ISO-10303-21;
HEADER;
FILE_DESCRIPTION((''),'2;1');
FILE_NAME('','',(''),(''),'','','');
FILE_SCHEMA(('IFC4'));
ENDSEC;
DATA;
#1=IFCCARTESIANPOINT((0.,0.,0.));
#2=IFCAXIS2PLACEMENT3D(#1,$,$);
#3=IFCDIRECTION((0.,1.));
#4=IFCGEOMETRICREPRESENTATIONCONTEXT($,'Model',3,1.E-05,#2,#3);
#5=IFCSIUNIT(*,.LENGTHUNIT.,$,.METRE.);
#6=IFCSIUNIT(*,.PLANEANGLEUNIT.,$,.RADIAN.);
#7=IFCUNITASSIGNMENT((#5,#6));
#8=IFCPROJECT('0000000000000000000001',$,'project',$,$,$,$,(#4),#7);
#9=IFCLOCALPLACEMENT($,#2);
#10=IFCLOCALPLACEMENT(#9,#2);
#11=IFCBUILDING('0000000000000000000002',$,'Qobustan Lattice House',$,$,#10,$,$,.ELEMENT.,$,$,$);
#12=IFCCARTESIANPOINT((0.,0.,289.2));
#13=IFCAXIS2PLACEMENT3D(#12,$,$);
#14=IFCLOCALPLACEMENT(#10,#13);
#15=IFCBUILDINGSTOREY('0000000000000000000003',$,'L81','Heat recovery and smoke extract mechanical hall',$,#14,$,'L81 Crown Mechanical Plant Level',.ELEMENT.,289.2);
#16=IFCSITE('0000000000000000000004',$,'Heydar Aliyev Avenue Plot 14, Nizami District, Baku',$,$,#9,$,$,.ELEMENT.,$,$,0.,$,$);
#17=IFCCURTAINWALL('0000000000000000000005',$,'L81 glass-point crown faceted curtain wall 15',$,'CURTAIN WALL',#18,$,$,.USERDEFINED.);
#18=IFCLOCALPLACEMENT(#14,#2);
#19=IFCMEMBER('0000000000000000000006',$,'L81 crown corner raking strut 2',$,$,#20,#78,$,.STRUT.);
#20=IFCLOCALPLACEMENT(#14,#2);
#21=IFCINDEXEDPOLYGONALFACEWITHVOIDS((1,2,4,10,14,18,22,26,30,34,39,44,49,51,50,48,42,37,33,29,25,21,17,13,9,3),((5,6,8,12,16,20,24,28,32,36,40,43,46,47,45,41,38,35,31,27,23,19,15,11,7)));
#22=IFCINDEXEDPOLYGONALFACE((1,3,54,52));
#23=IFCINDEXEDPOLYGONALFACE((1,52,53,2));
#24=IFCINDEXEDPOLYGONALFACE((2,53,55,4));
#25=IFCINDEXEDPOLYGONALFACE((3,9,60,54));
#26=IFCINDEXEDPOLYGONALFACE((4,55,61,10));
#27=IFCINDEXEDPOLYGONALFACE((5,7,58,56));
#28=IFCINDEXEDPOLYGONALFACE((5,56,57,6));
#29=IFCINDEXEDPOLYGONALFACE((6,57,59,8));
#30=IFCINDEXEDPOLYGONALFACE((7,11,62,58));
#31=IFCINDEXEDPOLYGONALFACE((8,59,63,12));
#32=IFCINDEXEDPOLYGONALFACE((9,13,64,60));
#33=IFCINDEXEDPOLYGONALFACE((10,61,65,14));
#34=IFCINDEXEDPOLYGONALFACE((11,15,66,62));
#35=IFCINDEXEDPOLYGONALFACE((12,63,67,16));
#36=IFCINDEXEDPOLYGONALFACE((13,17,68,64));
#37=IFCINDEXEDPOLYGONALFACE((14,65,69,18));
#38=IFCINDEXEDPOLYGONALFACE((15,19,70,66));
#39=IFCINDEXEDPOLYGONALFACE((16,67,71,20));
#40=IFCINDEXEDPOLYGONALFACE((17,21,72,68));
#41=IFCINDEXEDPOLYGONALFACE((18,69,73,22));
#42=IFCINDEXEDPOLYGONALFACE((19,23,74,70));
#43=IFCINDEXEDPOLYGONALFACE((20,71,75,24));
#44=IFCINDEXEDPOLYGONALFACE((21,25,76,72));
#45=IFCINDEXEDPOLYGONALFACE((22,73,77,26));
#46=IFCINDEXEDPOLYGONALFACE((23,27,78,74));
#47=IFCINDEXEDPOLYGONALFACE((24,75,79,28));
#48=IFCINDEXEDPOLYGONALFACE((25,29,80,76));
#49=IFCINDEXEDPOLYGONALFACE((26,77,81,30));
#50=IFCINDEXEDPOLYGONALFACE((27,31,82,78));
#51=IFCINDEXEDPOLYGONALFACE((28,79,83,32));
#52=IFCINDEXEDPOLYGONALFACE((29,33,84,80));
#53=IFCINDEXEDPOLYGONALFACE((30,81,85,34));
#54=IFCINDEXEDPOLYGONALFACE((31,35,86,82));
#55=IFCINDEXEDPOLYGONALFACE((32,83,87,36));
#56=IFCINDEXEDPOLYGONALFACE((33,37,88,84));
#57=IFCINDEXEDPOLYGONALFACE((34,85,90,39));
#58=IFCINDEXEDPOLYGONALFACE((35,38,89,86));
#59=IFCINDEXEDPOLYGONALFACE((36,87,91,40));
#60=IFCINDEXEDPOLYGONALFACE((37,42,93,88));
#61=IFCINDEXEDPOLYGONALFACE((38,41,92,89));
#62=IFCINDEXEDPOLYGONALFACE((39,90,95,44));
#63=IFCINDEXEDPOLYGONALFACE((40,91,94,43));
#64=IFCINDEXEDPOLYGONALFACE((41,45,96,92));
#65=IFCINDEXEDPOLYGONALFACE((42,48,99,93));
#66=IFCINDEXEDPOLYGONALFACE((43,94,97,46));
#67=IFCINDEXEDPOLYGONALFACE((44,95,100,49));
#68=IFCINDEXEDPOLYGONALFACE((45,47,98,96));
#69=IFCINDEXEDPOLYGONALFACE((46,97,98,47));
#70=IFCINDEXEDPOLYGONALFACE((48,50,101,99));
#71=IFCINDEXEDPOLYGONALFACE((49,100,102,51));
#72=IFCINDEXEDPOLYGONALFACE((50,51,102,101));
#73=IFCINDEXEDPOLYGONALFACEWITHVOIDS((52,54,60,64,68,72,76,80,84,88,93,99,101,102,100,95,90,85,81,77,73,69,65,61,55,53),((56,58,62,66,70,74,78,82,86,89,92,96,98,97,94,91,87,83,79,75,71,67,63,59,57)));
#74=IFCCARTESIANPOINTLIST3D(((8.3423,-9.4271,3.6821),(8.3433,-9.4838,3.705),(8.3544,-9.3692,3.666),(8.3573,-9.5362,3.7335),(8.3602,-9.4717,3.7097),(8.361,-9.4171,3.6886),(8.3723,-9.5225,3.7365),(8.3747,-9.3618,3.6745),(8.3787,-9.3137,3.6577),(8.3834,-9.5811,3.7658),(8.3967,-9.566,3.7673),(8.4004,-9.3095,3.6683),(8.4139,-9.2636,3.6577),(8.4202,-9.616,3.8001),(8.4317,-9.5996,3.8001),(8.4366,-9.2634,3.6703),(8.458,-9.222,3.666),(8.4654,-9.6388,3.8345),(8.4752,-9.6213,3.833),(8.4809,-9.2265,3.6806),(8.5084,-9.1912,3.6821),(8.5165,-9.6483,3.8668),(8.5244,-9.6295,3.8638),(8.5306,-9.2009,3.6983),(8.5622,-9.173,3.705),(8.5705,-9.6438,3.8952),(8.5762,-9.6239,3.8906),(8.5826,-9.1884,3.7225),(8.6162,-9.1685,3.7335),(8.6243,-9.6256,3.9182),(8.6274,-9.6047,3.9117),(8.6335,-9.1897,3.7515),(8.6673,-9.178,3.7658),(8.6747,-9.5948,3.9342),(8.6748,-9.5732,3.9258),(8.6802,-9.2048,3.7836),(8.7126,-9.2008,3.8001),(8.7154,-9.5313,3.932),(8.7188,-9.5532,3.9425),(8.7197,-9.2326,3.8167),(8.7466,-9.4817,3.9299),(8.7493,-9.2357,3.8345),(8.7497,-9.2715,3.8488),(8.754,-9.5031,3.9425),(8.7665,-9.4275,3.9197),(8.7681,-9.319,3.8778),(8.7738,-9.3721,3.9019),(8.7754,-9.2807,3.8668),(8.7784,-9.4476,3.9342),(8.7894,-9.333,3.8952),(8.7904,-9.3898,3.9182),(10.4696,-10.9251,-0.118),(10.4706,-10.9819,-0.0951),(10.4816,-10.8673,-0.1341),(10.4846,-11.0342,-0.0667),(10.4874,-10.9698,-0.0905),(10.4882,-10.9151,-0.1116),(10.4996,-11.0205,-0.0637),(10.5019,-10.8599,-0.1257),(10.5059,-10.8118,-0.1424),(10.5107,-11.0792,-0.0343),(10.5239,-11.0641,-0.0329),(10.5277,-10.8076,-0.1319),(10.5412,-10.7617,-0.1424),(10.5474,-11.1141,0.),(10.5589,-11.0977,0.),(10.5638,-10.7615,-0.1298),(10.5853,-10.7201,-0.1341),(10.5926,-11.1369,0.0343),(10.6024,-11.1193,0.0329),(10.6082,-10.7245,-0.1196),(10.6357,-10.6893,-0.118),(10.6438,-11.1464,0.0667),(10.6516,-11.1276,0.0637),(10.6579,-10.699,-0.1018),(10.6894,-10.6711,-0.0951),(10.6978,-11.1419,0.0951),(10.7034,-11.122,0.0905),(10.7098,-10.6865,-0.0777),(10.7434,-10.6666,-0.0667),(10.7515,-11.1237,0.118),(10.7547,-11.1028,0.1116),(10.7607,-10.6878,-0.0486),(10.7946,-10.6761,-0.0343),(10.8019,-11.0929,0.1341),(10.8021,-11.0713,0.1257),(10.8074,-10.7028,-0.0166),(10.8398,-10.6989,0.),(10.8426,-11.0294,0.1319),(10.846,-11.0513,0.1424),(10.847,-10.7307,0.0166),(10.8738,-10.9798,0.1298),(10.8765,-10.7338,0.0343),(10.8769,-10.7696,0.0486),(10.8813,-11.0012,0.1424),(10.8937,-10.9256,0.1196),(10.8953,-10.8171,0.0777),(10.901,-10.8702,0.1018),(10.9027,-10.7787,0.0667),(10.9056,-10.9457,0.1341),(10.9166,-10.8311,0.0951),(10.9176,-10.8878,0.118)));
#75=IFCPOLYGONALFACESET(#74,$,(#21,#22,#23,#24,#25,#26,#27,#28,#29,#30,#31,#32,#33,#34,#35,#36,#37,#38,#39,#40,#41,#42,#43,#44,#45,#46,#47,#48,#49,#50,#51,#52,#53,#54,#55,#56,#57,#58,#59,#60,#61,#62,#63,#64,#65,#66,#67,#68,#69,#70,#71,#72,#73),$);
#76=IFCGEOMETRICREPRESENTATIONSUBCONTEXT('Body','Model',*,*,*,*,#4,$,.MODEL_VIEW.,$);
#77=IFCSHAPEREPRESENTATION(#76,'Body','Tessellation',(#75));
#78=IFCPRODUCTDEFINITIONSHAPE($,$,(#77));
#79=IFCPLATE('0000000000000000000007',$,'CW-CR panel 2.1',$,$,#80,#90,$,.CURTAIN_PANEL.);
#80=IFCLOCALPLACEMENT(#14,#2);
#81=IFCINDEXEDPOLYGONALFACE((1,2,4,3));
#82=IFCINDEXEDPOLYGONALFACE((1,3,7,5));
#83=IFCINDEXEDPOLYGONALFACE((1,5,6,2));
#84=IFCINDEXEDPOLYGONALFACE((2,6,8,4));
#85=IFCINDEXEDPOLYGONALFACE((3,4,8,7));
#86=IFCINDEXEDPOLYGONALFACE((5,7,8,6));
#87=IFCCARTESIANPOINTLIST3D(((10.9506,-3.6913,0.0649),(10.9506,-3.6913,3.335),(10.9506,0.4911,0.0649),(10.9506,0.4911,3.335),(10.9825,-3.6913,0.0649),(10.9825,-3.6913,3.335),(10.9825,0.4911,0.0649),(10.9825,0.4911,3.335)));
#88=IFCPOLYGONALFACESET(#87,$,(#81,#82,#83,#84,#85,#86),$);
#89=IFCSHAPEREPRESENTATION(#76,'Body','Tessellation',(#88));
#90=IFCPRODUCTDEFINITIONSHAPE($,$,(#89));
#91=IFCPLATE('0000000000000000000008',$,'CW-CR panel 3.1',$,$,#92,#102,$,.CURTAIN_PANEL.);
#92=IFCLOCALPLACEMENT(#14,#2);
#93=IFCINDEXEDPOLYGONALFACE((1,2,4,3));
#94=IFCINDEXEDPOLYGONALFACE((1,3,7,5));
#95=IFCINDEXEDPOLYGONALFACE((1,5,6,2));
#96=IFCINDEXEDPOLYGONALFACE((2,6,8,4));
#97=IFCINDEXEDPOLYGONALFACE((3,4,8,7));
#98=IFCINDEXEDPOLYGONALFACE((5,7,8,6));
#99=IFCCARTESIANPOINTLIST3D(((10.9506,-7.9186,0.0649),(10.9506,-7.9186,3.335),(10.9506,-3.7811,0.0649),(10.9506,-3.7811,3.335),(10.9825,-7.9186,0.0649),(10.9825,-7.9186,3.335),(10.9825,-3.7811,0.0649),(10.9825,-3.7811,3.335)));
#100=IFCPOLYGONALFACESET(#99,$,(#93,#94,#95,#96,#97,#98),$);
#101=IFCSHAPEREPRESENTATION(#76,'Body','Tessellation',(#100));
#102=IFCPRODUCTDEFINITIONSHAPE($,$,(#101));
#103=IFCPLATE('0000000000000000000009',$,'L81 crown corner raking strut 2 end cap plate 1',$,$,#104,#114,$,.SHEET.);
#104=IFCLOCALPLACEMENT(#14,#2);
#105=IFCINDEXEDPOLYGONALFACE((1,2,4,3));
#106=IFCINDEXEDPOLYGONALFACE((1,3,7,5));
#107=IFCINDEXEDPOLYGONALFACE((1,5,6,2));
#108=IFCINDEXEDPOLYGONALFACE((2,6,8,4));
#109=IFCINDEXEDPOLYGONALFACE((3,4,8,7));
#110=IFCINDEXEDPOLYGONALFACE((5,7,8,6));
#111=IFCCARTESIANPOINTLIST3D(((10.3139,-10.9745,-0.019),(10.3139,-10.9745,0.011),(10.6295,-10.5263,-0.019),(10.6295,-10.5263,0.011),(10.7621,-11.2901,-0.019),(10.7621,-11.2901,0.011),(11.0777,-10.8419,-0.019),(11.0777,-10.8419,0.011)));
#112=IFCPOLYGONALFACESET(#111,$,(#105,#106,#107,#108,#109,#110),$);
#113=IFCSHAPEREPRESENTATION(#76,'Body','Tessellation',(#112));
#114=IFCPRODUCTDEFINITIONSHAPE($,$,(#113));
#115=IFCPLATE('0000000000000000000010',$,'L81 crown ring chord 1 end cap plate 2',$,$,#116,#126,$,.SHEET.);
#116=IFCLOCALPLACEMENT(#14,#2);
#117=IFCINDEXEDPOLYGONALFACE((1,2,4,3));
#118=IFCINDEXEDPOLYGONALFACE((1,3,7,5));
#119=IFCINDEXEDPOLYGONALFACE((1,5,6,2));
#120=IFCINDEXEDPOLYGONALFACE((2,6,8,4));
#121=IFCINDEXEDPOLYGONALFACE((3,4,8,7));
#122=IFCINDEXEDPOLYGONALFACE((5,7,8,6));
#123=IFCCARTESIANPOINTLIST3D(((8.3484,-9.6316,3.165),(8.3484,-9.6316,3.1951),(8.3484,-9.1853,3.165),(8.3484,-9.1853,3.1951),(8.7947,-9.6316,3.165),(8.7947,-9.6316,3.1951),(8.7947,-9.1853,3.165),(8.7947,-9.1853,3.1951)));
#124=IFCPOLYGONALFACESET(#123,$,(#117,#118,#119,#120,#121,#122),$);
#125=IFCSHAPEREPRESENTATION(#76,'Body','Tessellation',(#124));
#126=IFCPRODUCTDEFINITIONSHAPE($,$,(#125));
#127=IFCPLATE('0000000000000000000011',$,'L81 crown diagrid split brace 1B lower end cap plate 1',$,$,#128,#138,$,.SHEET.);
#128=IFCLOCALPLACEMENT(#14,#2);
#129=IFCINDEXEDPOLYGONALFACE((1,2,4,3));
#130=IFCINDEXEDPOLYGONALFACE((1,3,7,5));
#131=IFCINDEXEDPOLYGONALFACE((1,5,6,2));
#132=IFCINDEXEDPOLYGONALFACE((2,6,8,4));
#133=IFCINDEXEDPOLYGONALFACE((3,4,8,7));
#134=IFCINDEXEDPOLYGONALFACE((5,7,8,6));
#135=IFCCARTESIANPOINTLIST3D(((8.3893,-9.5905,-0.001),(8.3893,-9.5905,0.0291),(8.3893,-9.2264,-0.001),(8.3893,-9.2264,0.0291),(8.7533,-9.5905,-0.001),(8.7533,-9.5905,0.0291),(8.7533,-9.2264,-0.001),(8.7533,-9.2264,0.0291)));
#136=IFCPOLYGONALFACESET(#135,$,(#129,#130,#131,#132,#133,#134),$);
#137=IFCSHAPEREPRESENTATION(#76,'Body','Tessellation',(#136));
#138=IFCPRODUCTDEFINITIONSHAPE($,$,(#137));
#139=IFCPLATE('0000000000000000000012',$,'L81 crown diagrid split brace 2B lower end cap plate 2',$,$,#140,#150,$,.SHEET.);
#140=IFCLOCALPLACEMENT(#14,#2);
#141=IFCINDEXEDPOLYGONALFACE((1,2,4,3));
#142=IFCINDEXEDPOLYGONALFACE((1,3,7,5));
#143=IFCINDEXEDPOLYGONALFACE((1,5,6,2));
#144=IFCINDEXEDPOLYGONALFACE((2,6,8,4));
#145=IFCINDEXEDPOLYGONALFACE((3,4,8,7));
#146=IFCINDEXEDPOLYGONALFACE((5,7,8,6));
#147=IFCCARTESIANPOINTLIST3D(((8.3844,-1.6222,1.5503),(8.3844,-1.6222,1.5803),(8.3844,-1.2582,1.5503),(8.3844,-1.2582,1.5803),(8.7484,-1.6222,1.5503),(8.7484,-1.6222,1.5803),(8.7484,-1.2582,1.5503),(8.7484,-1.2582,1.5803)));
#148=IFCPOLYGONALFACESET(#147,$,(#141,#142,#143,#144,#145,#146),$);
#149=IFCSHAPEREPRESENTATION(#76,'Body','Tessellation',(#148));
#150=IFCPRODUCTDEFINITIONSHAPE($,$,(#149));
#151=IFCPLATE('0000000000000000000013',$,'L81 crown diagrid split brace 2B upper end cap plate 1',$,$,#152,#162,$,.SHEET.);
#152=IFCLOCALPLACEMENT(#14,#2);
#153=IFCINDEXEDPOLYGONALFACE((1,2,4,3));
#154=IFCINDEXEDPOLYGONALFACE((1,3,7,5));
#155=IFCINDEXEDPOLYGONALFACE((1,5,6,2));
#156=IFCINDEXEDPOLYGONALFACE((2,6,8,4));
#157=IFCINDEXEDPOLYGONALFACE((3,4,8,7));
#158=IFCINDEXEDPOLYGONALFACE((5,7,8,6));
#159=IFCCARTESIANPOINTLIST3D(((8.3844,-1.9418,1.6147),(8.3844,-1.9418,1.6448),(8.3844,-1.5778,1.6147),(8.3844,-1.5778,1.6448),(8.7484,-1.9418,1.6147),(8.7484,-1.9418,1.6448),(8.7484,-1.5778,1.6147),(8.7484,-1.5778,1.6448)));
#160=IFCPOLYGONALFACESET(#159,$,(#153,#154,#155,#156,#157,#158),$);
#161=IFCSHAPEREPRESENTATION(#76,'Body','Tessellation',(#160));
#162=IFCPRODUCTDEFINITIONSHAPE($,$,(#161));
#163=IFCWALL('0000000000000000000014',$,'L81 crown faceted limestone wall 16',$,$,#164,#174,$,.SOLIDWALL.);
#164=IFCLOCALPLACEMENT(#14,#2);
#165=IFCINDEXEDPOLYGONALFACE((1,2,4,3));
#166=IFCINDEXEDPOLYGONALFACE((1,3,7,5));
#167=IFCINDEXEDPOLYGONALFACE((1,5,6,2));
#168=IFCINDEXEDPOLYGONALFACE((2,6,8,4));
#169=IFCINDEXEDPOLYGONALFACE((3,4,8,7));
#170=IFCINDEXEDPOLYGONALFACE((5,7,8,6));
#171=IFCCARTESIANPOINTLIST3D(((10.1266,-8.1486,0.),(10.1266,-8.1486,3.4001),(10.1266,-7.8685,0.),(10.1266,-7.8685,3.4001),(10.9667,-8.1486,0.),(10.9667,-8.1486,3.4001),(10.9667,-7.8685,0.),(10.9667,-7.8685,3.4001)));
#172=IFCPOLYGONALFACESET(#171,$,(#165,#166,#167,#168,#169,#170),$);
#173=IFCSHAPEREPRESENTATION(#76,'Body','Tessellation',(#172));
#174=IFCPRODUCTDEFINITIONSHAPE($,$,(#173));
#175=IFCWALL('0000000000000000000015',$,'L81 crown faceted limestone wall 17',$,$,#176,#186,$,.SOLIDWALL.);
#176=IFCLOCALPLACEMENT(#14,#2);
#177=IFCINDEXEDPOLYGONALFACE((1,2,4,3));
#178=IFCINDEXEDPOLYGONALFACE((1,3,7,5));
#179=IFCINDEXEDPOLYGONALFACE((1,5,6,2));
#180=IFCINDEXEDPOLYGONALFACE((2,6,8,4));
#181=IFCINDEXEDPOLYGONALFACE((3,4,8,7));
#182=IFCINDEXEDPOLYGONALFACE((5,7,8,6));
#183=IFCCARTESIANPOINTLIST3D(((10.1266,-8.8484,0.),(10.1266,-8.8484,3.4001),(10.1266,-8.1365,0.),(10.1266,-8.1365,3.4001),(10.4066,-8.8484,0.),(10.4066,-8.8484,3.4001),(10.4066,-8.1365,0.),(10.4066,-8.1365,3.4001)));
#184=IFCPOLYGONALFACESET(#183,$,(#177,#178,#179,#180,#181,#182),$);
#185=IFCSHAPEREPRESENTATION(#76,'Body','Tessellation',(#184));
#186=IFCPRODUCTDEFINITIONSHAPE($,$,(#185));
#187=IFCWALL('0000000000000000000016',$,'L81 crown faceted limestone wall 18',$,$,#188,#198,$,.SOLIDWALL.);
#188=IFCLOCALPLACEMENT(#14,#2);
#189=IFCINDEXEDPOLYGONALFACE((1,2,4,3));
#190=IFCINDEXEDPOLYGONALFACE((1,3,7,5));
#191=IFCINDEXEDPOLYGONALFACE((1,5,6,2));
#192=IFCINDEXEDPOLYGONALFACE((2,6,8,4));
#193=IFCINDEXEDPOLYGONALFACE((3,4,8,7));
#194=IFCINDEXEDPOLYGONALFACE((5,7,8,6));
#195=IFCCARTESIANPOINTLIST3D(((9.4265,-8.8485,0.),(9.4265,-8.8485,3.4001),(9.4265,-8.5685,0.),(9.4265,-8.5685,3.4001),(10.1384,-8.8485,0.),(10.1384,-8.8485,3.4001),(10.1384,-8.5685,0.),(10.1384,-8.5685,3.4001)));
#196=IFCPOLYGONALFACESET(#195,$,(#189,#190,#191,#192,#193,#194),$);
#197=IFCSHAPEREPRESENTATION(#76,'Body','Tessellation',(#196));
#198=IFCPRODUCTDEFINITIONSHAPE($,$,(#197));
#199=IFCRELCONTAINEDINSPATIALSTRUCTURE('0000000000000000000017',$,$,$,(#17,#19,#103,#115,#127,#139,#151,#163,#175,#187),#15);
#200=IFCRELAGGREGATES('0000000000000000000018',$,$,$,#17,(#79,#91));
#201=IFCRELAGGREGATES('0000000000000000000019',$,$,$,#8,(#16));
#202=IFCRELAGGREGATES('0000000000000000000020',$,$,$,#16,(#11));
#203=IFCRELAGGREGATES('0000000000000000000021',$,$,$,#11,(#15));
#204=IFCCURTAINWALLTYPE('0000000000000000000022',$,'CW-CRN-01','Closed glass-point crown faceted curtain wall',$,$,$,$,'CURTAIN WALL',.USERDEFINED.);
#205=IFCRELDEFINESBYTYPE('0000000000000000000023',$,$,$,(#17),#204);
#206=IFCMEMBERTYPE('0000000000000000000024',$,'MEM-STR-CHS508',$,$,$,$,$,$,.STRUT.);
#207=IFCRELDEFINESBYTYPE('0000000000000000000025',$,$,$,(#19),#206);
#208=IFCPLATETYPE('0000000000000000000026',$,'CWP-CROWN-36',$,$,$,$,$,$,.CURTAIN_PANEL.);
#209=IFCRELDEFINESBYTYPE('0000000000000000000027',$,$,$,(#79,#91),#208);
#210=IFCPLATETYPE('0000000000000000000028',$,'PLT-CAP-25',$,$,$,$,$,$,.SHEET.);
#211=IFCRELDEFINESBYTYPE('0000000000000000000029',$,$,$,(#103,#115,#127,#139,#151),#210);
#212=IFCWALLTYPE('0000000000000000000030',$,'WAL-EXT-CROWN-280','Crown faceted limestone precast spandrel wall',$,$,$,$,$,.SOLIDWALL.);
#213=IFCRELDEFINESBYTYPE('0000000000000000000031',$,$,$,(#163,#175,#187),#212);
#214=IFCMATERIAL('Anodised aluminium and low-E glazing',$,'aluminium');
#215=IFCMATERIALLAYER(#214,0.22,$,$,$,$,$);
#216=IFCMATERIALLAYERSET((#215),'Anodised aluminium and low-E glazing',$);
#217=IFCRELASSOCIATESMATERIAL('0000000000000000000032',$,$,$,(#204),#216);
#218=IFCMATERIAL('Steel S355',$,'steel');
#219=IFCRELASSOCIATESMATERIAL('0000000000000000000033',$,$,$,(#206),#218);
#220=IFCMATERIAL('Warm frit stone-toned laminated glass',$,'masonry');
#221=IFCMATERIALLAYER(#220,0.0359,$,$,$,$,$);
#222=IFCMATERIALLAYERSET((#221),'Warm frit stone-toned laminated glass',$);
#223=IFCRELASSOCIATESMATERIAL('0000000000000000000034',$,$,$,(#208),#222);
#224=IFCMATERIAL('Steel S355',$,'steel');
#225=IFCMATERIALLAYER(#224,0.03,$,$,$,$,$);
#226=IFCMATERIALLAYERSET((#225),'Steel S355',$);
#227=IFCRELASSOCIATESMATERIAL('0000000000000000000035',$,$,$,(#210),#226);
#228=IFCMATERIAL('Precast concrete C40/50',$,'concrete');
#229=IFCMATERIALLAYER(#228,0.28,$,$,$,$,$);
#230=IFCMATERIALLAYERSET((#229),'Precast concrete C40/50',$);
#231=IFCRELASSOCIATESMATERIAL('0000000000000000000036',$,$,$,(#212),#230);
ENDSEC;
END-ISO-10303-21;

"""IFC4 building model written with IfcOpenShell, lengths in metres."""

from ifc_helpers import new_model, si_unit, direction, frame, frame_2d, origin, origin_2d, place, context, subcontext, project, spatial, rectangle, hollow_circle, extrude, material, layer, layer_set, material_profile, profile_set, type_object, element, aggregate, save


model = new_model("IFC4")

# Units and contexts
model_context = context("Model", 3, precision=1e-05, world=origin(), true_north=direction((0.0, 1.0)))
body_context = subcontext(model_context, "Body", "Model", "MODEL_VIEW")
ifc_project = project(units=[si_unit("LENGTHUNIT", "METRE"), si_unit("PLANEANGLEUNIT", "RADIAN")], contexts=[model_context])

# Site, building, storey
site_placement = place(None, origin())
site = spatial("IfcSite", under=ifc_project, at=site_placement, Name="Heydar Aliyev Avenue Plot 14, Nizami District, Baku", CompositionType="ELEMENT", RefElevation=0.0)
building_placement = place(site_placement, origin())
building = spatial("IfcBuilding", under=site, at=building_placement, Name="Qobustan Lattice House", CompositionType="ELEMENT")
storey_placement = place(building_placement, frame((0.0, 0.0, 289.2)))
storey = spatial("IfcBuildingStorey", under=building, at=storey_placement, Name="L81", Description="Heat recovery and smoke extract mechanical hall", LongName="L81 Crown Mechanical Plant Level", CompositionType="ELEMENT", Elevation=289.2)

# Curtain wall
ifc_material_1 = material(Name="Anodised aluminium and low-E glazing", Category="aluminium")
ifc_layer_1 = layer(ifc_material_1, 0.22)
ifc_layer_set_1 = layer_set([ifc_layer_1], Name="Anodised aluminium and low-E glazing")
curtain_wall_type = type_object("IfcCurtainWallType", Name="CW-CRN-01", Description="Closed glass-point crown faceted curtain wall", ElementType="CURTAIN WALL", PredefinedType="USERDEFINED", material=ifc_layer_set_1)
curtain_wall_1_placement = place(storey_placement, origin())
curtain_wall_1 = element("IfcCurtainWall", 1, at=curtain_wall_1_placement, inside=storey, type_object=curtain_wall_type, Name="L81 glass-point crown faceted curtain wall 15", ObjectType="CURTAIN WALL", PredefinedType="USERDEFINED")

# Member
ifc_material_2 = material(Name="Steel S355", Category="steel")
ifc_material_profile_1 = material_profile(ifc_material_2, hollow_circle(Radius=0.2539, WallThickness=0.02, at=origin_2d()), Name="CHS508x20")
ifc_profile_set_1 = profile_set([ifc_material_profile_1], Name="Steel S355")
member_type_1 = type_object("IfcMemberType", Name="MEM-STR-CHS508", PredefinedType="STRUT", material=ifc_profile_set_1)
member_1_placement = place(storey_placement, frame((10.6936, -10.9065, 0.0), z_axis=(-0.461894, 0.325282, 0.825133), x_axis=(-0.575784, -0.817602, 0.0)))
element("IfcMember", 2, at=member_1_placement, inside=storey, type_object=member_type_1, Name="L81 crown corner raking strut 2", PredefinedType="STRUT", context=body_context, shape_type="SweptSolid", body=[
    extrude(hollow_circle(Radius=0.2539, WallThickness=0.02, at=origin_2d()), origin(), (0.0, 0.0, 1.0), 4.6055),
])

# Plates
ifc_material_3 = material(Name="Warm frit stone-toned laminated glass", Category="masonry")
ifc_layer_2 = layer(ifc_material_3, 0.0359)
ifc_layer_set_2 = layer_set([ifc_layer_2], Name="Warm frit stone-toned laminated glass")
plate_type_1 = type_object("IfcPlateType", Name="CWP-CROWN-36", PredefinedType="CURTAIN_PANEL", material=ifc_layer_set_2)
plate_1_placement = place(storey_placement, frame((10.9666, -1.6001, 0.0649), z_axis=(0.0, 0.0, 1.0), x_axis=(0.0, -1.0, 0.0)))
plate_1 = element("IfcPlate", 3, at=plate_1_placement, type_object=plate_type_1, Name="CW-CR panel 2.1", PredefinedType="CURTAIN_PANEL", context=body_context, shape_type="SweptSolid", body=[
    extrude(rectangle(XDim=4.1824, YDim=0.032, at=origin_2d()), origin(), (0.0, 0.0, 1.0), 3.27),
])
plate_2_placement = place(storey_placement, frame((10.9666, -5.8499, 0.0649), z_axis=(0.0, 0.0, 1.0), x_axis=(0.0, -1.0, 0.0)))
plate_2 = element("IfcPlate", 4, at=plate_2_placement, type_object=plate_type_1, Name="CW-CR panel 3.1", PredefinedType="CURTAIN_PANEL", context=body_context, shape_type="SweptSolid", body=[
    extrude(rectangle(XDim=4.1375, YDim=0.032, at=origin_2d()), origin(), (0.0, 0.0, 1.0), 3.27),
])
aggregate(curtain_wall_1, [plate_1, plate_2])

# Plates
ifc_material_4 = material(Name="Steel S355", Category="steel")
ifc_layer_3 = layer(ifc_material_4, 0.03)
ifc_layer_set_3 = layer_set([ifc_layer_3], Name="Steel S355")
plate_type_2 = type_object("IfcPlateType", Name="PLT-CAP-25", PredefinedType="SHEET", material=ifc_layer_set_3)
plate_3_placement = place(storey_placement, frame((10.6958, -10.9082, -0.019), z_axis=(0.0, 0.0, 1.0), x_axis=(-0.817587, 0.575805, 0.0)))
element("IfcPlate", 5, at=plate_3_placement, inside=storey, type_object=plate_type_2, Name="L81 crown corner raking strut 2 end cap plate 1", PredefinedType="SHEET", context=body_context, shape_type="SweptSolid", body=[
    extrude(rectangle(XDim=0.5481, YDim=0.5481, at=origin_2d()), origin(), (0.0, 0.0, 1.0), 0.03),
])
plate_4_placement = place(storey_placement, frame((8.5715, -9.4084, 3.165), z_axis=(0.0, 0.0, 1.0), x_axis=(1.0, 0.0, 0.0)))
element("IfcPlate", 6, at=plate_4_placement, inside=storey, type_object=plate_type_2, Name="L81 crown ring chord 1 end cap plate 2", PredefinedType="SHEET", context=body_context, shape_type="SweptSolid", body=[
    extrude(rectangle(XDim=0.4463, YDim=0.4463, at=origin_2d()), origin(), (0.0, 0.0, 1.0), 0.03),
])
for number, where, z_axis, x_axis, name in (
    (7, (8.5713, -9.4084, -0.001), (0.0, 0.0, 1.0), (-1.0, 0.0, 0.0), "L81 crown diagrid split brace 1B lower end cap plate 1"),
    (8, (8.5664, -1.4402, 1.5503), (0.0, 0.0, 1.0), (0.0, -1.0, 0.0), "L81 crown diagrid split brace 2B lower end cap plate 2"),
    (9, (8.5664, -1.7598, 1.6147), (0.0, 0.0, 1.0), (0.0, -1.0, 0.0), "L81 crown diagrid split brace 2B upper end cap plate 1"),
):
    element("IfcPlate", number, at=place(storey_placement, frame(where, z_axis=z_axis, x_axis=x_axis)), inside=storey, type_object=plate_type_2, Name=name, PredefinedType="SHEET", context=body_context, shape_type="SweptSolid", body=[
        extrude(rectangle(XDim=0.364, YDim=0.364, at=origin_2d()), origin(), (0.0, 0.0, 1.0), 0.03),
    ])

# Walls
ifc_material_5 = material(Name="Precast concrete C40/50", Category="concrete")
ifc_layer_4 = layer(ifc_material_5, 0.28)
ifc_layer_set_4 = layer_set([ifc_layer_4], Name="Precast concrete C40/50")
wall_type = type_object("IfcWallType", Name="WAL-EXT-CROWN-280", Description="Crown faceted limestone precast spandrel wall", PredefinedType="SOLIDWALL", material=ifc_layer_set_4)
wall_1_placement = place(storey_placement, frame((10.9666, -8.0085, 0.0), z_axis=(0.0, 0.0, 1.0), x_axis=(-1.0, 0.0, 0.0)))
element("IfcWall", 10, at=wall_1_placement, inside=storey, type_object=wall_type, Name="L81 crown faceted limestone wall 16", PredefinedType="SOLIDWALL", context=body_context, shape_type="SweptSolid", body=[
    extrude(rectangle(XDim=0.8401, YDim=0.28, at=frame_2d((0.4199, 0.0))), origin(), (0.0, 0.0, 1.0), 3.4001),
])
for number, where, z_axis, x_axis, name in (
    (11, (10.2666, -8.1365, 0.0), (0.0, 0.0, 1.0), (0.0, -1.0, 0.0), "L81 crown faceted limestone wall 17"),
    (12, (10.1384, -8.7085, 0.0), (0.0, 0.0, 1.0), (-1.0, 0.0, 0.0), "L81 crown faceted limestone wall 18"),
):
    element("IfcWall", number, at=place(storey_placement, frame(where, z_axis=z_axis, x_axis=x_axis)), inside=storey, type_object=wall_type, Name=name, PredefinedType="SOLIDWALL", context=body_context, shape_type="SweptSolid", body=[
        extrude(rectangle(XDim=0.7119, YDim=0.28, at=frame_2d((0.356, 0.0))), origin(), (0.0, 0.0, 1.0), 3.4001),
    ])

save(model, "model.ifc")
